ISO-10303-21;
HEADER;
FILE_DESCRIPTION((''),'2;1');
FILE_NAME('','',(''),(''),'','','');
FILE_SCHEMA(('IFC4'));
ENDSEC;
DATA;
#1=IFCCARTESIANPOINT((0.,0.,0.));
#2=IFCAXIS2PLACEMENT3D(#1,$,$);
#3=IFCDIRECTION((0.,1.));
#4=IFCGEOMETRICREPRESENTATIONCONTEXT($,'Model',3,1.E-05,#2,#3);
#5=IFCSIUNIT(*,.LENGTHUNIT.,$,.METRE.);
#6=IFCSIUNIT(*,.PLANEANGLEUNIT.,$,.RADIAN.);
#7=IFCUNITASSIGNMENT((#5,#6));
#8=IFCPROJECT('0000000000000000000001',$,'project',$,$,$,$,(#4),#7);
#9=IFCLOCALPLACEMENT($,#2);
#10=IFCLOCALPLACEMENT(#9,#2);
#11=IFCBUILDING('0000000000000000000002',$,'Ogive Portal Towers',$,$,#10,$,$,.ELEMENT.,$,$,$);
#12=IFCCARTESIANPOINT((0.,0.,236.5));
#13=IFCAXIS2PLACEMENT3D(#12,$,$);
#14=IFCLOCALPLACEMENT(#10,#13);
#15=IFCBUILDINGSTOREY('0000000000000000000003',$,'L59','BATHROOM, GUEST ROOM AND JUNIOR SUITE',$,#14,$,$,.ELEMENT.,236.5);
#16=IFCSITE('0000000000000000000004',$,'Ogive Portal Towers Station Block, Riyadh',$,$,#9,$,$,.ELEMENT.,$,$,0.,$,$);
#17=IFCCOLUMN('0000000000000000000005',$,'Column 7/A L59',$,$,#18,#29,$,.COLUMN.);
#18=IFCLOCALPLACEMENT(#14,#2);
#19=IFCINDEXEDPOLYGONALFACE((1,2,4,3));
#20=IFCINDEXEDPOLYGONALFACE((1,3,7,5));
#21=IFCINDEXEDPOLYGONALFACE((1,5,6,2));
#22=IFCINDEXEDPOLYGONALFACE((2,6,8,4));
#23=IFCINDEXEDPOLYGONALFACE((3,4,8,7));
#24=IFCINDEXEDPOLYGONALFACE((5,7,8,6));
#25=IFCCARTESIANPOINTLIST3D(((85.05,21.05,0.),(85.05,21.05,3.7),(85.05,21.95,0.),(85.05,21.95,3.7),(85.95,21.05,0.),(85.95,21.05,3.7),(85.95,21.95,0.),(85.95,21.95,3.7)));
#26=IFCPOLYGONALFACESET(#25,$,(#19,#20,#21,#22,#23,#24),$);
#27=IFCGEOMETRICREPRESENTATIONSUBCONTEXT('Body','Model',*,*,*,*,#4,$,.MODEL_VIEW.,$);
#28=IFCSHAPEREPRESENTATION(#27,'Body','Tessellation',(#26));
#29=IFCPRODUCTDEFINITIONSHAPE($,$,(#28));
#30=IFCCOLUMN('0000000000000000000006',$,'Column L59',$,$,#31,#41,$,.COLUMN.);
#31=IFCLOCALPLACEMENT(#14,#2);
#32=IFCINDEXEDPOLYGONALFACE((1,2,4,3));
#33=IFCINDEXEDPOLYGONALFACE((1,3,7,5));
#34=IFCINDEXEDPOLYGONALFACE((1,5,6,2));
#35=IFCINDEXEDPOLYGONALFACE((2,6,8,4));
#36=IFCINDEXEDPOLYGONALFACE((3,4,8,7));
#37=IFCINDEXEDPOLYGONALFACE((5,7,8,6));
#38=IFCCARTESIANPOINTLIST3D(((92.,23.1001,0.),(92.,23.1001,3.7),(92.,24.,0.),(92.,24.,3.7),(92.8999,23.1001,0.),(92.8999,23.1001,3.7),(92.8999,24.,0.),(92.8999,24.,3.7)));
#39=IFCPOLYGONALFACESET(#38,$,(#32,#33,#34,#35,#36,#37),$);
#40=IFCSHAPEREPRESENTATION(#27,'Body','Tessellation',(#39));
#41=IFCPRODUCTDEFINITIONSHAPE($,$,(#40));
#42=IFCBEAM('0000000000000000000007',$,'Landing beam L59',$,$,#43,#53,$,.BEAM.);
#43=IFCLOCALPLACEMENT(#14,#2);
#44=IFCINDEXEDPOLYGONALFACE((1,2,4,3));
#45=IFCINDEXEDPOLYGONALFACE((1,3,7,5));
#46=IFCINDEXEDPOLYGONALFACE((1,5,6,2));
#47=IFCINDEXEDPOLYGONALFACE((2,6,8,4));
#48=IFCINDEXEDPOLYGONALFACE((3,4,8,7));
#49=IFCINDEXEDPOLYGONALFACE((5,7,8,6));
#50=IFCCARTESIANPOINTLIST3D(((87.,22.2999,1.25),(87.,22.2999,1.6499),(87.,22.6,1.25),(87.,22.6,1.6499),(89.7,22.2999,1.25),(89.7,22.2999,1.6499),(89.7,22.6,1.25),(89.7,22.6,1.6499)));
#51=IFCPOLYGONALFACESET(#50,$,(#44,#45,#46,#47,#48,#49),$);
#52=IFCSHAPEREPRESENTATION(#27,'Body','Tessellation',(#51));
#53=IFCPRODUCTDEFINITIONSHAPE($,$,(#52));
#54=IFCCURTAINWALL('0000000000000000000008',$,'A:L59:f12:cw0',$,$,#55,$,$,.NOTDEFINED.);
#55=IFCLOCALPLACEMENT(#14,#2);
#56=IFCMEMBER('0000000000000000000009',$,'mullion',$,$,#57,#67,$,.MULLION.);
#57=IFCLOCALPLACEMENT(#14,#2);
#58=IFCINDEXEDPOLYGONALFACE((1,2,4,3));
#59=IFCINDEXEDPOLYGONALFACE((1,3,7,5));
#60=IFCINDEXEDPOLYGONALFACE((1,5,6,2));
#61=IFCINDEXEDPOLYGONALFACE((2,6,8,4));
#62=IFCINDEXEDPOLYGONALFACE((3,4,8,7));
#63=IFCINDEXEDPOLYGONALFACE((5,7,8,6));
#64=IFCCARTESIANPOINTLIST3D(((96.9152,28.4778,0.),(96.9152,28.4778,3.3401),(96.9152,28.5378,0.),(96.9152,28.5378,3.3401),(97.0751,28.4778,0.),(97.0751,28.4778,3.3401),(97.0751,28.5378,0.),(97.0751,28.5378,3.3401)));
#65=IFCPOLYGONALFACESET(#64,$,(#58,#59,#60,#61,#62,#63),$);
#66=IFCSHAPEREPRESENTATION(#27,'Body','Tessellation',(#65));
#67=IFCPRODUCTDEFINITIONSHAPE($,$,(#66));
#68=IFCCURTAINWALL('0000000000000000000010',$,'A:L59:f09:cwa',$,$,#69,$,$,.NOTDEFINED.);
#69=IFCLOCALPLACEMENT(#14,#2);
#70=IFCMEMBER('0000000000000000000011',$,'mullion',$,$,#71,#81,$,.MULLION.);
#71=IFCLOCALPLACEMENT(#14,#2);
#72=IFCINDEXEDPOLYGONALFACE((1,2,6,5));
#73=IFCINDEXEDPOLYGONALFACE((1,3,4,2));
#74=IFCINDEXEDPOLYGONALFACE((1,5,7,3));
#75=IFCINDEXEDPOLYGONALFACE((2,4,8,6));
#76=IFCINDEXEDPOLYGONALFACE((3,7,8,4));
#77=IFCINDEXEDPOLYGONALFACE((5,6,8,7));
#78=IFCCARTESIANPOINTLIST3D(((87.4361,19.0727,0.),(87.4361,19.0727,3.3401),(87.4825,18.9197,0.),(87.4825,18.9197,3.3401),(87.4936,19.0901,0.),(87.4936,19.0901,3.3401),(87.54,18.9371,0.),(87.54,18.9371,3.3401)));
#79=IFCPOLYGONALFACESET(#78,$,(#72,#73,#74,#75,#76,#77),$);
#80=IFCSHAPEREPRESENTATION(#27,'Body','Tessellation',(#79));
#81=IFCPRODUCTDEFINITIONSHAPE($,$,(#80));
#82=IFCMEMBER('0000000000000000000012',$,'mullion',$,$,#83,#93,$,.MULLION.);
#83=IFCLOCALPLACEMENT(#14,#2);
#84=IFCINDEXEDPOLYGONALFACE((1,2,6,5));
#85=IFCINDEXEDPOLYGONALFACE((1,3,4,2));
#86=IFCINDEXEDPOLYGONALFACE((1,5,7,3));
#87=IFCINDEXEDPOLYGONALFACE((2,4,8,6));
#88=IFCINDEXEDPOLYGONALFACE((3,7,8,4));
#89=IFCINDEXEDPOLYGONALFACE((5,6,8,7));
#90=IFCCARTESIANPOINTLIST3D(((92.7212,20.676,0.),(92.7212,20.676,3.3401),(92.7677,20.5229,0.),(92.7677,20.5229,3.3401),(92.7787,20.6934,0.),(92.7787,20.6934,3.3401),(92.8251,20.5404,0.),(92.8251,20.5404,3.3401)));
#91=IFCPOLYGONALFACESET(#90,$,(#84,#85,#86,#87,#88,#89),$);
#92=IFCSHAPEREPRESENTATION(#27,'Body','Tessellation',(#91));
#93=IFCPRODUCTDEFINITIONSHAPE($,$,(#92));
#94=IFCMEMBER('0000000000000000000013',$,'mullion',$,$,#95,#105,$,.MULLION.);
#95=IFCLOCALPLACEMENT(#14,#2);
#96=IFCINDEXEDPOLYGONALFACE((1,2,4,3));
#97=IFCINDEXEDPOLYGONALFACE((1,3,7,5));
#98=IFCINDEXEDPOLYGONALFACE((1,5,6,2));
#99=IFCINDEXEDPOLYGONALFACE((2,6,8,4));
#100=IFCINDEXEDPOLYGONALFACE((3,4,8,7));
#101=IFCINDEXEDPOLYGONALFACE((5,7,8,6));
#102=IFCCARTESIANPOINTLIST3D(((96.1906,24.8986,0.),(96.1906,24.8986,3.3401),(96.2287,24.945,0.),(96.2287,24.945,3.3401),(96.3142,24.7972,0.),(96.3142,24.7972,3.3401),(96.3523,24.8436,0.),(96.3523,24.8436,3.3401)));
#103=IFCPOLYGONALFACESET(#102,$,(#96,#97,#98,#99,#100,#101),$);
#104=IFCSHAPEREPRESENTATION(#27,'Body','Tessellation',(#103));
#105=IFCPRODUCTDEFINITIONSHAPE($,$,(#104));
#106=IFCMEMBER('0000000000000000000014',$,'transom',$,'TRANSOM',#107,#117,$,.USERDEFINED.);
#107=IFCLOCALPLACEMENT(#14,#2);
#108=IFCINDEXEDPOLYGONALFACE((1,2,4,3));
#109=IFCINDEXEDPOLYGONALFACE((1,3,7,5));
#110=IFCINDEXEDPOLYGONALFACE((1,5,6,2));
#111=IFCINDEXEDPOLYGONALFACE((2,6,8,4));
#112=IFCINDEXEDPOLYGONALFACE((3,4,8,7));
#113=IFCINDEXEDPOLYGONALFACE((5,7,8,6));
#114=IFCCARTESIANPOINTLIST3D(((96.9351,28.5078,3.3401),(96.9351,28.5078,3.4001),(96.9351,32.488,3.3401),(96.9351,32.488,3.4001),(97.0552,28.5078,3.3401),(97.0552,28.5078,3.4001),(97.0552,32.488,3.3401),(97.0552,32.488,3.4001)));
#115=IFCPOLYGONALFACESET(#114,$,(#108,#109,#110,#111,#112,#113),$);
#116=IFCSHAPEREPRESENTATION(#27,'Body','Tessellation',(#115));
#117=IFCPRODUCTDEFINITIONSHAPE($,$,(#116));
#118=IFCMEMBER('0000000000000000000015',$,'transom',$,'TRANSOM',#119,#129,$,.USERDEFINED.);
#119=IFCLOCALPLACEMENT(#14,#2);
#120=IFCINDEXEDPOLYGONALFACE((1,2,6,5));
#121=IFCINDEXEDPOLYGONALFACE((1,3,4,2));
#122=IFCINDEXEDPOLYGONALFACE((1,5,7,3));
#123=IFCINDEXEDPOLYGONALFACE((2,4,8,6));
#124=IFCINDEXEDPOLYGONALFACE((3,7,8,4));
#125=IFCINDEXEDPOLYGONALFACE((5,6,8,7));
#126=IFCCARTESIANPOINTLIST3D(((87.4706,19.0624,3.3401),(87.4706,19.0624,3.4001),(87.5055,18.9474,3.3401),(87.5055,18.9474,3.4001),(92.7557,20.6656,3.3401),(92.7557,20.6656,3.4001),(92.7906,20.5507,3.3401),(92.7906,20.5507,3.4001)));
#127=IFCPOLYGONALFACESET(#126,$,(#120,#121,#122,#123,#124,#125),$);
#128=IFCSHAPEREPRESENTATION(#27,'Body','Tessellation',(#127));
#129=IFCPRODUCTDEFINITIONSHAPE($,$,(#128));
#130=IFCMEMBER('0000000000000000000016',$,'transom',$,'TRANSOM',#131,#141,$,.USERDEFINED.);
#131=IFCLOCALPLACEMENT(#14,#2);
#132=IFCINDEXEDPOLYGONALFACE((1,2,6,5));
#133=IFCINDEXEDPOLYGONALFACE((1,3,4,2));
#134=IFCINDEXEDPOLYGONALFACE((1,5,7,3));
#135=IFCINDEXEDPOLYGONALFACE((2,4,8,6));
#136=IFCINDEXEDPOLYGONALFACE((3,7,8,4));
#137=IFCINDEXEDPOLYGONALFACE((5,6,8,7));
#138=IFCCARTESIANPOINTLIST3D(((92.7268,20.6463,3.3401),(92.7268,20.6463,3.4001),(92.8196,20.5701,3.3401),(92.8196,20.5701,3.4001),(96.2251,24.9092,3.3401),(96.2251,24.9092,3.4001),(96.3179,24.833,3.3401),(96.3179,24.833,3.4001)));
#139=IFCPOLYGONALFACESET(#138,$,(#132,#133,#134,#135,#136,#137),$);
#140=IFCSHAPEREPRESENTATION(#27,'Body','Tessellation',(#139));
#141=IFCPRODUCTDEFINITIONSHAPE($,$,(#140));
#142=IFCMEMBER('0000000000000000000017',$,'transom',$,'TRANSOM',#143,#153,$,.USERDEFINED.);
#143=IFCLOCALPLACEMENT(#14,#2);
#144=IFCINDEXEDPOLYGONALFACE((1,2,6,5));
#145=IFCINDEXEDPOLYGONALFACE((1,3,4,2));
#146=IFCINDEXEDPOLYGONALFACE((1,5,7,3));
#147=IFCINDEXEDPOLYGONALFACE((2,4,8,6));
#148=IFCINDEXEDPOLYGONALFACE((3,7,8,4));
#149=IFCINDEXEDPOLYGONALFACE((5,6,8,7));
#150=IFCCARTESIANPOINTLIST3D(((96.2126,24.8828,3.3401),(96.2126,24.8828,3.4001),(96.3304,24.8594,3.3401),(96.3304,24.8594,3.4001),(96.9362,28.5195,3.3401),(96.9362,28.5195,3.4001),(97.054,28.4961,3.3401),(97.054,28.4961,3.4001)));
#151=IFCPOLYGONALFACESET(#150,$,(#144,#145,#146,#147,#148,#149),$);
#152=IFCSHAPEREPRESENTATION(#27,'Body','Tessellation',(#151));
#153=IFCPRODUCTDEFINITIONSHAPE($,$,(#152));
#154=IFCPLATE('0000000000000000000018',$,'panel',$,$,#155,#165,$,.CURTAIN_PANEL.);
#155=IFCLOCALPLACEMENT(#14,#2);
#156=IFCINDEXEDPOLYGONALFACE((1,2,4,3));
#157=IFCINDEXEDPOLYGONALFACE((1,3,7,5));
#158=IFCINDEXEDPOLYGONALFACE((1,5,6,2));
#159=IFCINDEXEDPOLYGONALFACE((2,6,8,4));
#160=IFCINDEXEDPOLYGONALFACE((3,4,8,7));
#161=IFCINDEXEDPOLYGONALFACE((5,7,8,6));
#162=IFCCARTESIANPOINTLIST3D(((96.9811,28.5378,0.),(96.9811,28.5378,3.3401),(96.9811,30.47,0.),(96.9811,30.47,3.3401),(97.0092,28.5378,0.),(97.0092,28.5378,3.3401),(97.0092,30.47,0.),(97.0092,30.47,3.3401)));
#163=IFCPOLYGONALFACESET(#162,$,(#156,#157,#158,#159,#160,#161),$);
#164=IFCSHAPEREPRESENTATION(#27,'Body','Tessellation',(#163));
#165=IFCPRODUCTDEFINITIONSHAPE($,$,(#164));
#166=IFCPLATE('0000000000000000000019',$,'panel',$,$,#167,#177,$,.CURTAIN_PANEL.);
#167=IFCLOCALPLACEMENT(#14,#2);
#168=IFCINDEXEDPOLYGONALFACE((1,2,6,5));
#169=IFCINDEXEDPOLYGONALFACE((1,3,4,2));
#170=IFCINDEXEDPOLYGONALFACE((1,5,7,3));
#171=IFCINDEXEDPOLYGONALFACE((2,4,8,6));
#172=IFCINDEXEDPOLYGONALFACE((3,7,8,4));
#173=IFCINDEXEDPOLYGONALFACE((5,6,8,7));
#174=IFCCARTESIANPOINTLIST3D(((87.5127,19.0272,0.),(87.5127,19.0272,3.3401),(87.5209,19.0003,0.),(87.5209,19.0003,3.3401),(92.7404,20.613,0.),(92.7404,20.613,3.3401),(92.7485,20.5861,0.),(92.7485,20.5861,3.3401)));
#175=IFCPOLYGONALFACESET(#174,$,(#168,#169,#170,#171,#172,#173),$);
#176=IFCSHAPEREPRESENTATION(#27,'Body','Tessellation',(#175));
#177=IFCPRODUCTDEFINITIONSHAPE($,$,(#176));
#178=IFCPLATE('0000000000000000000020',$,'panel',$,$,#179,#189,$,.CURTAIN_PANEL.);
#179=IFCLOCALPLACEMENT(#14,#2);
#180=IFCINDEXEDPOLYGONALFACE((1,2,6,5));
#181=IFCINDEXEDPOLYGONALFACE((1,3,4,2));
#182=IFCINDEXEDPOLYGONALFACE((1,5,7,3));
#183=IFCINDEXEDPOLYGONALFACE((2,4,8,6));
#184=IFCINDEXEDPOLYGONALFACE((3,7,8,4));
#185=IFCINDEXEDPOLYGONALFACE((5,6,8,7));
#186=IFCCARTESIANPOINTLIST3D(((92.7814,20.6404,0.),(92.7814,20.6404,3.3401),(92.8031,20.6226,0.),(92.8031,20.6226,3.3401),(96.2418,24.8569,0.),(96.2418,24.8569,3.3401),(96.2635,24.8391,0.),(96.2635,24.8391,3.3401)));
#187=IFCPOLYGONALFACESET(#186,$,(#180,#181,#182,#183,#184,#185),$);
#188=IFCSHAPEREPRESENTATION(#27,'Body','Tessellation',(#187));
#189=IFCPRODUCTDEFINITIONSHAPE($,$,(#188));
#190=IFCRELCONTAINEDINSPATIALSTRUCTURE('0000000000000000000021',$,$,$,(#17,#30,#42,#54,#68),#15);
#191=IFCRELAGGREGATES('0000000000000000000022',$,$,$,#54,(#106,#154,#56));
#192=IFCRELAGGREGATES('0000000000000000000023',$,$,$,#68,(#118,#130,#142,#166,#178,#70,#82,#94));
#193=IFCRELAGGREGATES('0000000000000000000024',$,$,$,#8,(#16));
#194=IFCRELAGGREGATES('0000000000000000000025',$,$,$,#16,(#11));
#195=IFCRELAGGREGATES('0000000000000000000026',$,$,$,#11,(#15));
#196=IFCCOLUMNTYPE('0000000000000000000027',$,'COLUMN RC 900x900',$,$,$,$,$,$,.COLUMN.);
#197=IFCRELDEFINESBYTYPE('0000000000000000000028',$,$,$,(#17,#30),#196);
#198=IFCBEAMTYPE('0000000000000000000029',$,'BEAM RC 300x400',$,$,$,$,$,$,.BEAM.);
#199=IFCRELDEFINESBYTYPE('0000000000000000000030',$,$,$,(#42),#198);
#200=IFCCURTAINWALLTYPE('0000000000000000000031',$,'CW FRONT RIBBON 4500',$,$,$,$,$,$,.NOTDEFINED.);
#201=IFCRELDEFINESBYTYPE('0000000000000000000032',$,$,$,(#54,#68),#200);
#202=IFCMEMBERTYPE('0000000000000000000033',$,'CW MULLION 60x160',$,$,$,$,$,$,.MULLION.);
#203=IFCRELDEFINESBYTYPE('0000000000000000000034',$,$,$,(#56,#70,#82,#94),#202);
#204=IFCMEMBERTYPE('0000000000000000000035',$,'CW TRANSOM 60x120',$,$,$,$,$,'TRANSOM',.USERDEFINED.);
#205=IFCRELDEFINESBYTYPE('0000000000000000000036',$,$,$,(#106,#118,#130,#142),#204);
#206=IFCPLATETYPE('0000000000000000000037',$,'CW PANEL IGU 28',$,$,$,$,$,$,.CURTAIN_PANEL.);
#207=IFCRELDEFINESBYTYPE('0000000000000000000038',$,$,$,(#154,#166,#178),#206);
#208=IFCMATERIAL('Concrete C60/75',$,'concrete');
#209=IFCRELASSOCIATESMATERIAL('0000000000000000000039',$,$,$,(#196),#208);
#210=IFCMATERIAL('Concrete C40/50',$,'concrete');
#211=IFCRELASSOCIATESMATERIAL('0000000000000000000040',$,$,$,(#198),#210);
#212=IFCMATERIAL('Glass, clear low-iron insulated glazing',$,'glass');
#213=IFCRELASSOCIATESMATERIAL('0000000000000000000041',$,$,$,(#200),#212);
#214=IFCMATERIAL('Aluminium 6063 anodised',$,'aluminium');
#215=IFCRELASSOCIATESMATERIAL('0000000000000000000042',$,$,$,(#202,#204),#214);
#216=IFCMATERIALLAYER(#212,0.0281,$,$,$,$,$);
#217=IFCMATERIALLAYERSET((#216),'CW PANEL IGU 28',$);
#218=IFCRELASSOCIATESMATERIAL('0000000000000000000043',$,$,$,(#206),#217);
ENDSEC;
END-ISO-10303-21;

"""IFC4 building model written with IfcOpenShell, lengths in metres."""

from ifc_helpers import new_model, si_unit, direction, frame, origin, origin_2d, place, context, subcontext, project, spatial, rectangle, extrude, material, layer, layer_set, material_profile, profile_set, type_object, element, aggregate, save


model = new_model("IFC4")

# Units and contexts
model_context = context("Model", 3, precision=1e-05, world=origin(), true_north=direction((0.0, 1.0)))
body_context = subcontext(model_context, "Body", "Model", "MODEL_VIEW")
ifc_project = project(units=[si_unit("LENGTHUNIT", "METRE"), si_unit("PLANEANGLEUNIT", "RADIAN")], contexts=[model_context])

# Site, building, storey
site_placement = place(None, origin())
site = spatial("IfcSite", under=ifc_project, at=site_placement, Name="Ogive Portal Towers Station Block, Riyadh", CompositionType="ELEMENT", RefElevation=0.0)
building_placement = place(site_placement, origin())
building = spatial("IfcBuilding", under=site, at=building_placement, Name="Ogive Portal Towers", CompositionType="ELEMENT")
storey_placement = place(building_placement, frame((0.0, 0.0, 236.5)))
storey = spatial("IfcBuildingStorey", under=building, at=storey_placement, Name="L59", Description="BATHROOM, GUEST ROOM AND JUNIOR SUITE", CompositionType="ELEMENT", Elevation=236.5)

# Columns
ifc_material_1 = material(Name="Concrete C60/75", Category="concrete")
ifc_material_profile_1 = material_profile(ifc_material_1, rectangle(XDim=0.8999, YDim=0.8999, at=origin_2d()), Name="RC 900x900")
ifc_profile_set_1 = profile_set([ifc_material_profile_1], Name="Concrete C60/75")
column_type = type_object("IfcColumnType", Name="COLUMN RC 900x900", PredefinedType="COLUMN", material=ifc_profile_set_1)
for number, where, z_axis, x_axis, name in (
    (1, (85.5, 21.5, 0.0), (0.0, 0.0, 1.0), (1.0, 0.0, 0.0), "Column 7/A L59"),
    (2, (92.45, 23.55, 0.0), (0.0, 0.0, 1.0), (1.0, 0.0, 0.0), "Column L59"),
):
    element("IfcColumn", number, at=place(storey_placement, frame(where, z_axis=z_axis, x_axis=x_axis)), inside=storey, type_object=column_type, Name=name, PredefinedType="COLUMN", context=body_context, shape_type="SweptSolid", body=[
        extrude(rectangle(XDim=0.8999, YDim=0.8999, at=origin_2d()), origin(), (0.0, 0.0, 1.0), 3.7),
    ])

# Beam
ifc_material_2 = material(Name="Concrete C40/50", Category="concrete")
ifc_material_profile_2 = material_profile(ifc_material_2, rectangle(XDim=0.3, YDim=0.3999, at=origin_2d()), Name="RC 300x400")
ifc_profile_set_2 = profile_set([ifc_material_profile_2], Name="Concrete C40/50")
beam_type = type_object("IfcBeamType", Name="BEAM RC 300x400", PredefinedType="BEAM", material=ifc_profile_set_2)
beam_placement = place(storey_placement, frame((87.0, 22.45, 1.45), z_axis=(1.0, 0.0, 0.0), x_axis=(0.0, 1.0, 0.0)))
element("IfcBeam", 3, at=beam_placement, inside=storey, type_object=beam_type, Name="Landing beam L59", PredefinedType="BEAM", context=body_context, shape_type="SweptSolid", body=[
    extrude(rectangle(XDim=0.3, YDim=0.3999, at=origin_2d()), origin(), (0.0, 0.0, 1.0), 2.7),
])

# Curtain wall, member
ifc_material_3 = material(Name="Glass, clear low-iron insulated glazing", Category="glass")
curtain_wall_type = type_object("IfcCurtainWallType", Name="CW FRONT RIBBON 4500", PredefinedType="NOTDEFINED", material=ifc_material_3)
curtain_wall_1_placement = place(storey_placement, origin())
curtain_wall_1 = element("IfcCurtainWall", 4, at=curtain_wall_1_placement, inside=storey, type_object=curtain_wall_type, Name="A:L59:f12:cw0", PredefinedType="NOTDEFINED")
ifc_material_4 = material(Name="Aluminium 6063 anodised", Category="aluminium")
ifc_material_profile_3 = material_profile(ifc_material_4, rectangle(XDim=0.1599, YDim=0.0601, at=origin_2d()), Name="AL 60x160")
ifc_profile_set_3 = profile_set([ifc_material_profile_3], Name="Aluminium 6063 anodised")
member_type_1 = type_object("IfcMemberType", Name="CW MULLION 60x160", PredefinedType="MULLION", material=ifc_profile_set_3)
member_1_placement = place(storey_placement, frame((96.9951, 28.5078, 0.0), z_axis=(0.0, 0.0, 1.0), x_axis=(-1.0, 0.0, 0.0)))
member_1 = element("IfcMember", 5, at=member_1_placement, type_object=member_type_1, Name="mullion", PredefinedType="MULLION", context=body_context, shape_type="SweptSolid", body=[
    extrude(rectangle(XDim=0.1599, YDim=0.0601, at=origin_2d()), origin(), (0.0, 0.0, 1.0), 3.3401),
])

# Curtain wall, members
curtain_wall_2_placement = place(storey_placement, origin())
curtain_wall_2 = element("IfcCurtainWall", 6, at=curtain_wall_2_placement, inside=storey, type_object=curtain_wall_type, Name="A:L59:f09:cwa", PredefinedType="NOTDEFINED")
member_2_placement = place(storey_placement, frame((87.488, 19.0049, 0.0), z_axis=(0.0, 0.0, 1.0), x_axis=(-0.290285, 0.95694, 0.0)))
member_2 = element("IfcMember", 7, at=member_2_placement, type_object=member_type_1, Name="mullion", PredefinedType="MULLION", context=body_context, shape_type="SweptSolid", body=[
    extrude(rectangle(XDim=0.1599, YDim=0.0601, at=origin_2d()), origin(), (0.0, 0.0, 1.0), 3.3401),
])
member_3_placement = place(storey_placement, frame((92.7732, 20.6082, 0.0), z_axis=(0.0, 0.0, 1.0), x_axis=(-0.290285, 0.95694, 0.0)))
member_3 = element("IfcMember", 8, at=member_3_placement, type_object=member_type_1, Name="mullion", PredefinedType="MULLION", context=body_context, shape_type="SweptSolid", body=[
    extrude(rectangle(XDim=0.1599, YDim=0.0601, at=origin_2d()), origin(), (0.0, 0.0, 1.0), 3.3401),
])
member_4_placement = place(storey_placement, frame((96.2715, 24.8711, 0.0), z_axis=(0.0, 0.0, 1.0), x_axis=(-0.77301, 0.634393, 0.0)))
member_4 = element("IfcMember", 9, at=member_4_placement, type_object=member_type_1, Name="mullion", PredefinedType="MULLION", context=body_context, shape_type="SweptSolid", body=[
    extrude(rectangle(XDim=0.1599, YDim=0.0601, at=origin_2d()), origin(), (0.0, 0.0, 1.0), 3.3401),
])

# Members
ifc_material_profile_4 = material_profile(ifc_material_4, rectangle(XDim=0.1201, YDim=0.0601, at=origin_2d()), Name="AL 120x60")
ifc_profile_set_4 = profile_set([ifc_material_profile_4], Name="Aluminium 6063 anodised")
member_type_2 = type_object("IfcMemberType", Name="CW TRANSOM 60x120", ElementType="TRANSOM", PredefinedType="USERDEFINED", material=ifc_profile_set_4)
member_5_placement = place(storey_placement, frame((96.9951, 28.5078, 3.3701), z_axis=(0.0, 1.0, 0.0), x_axis=(-1.0, 0.0, 0.0)))
member_5 = element("IfcMember", 10, at=member_5_placement, type_object=member_type_2, Name="transom", ObjectType="TRANSOM", PredefinedType="USERDEFINED", context=body_context, shape_type="SweptSolid", body=[
    extrude(rectangle(XDim=0.1201, YDim=0.0601, at=origin_2d()), origin(), (0.0, 0.0, 1.0), 3.9802),
])
member_6_placement = place(storey_placement, frame((87.488, 19.0049, 3.3701), z_axis=(0.956938, 0.290291, 0.0), x_axis=(-0.290291, 0.956938, 0.0)))
member_6 = element("IfcMember", 11, at=member_6_placement, type_object=member_type_2, Name="transom", ObjectType="TRANSOM", PredefinedType="USERDEFINED", context=body_context, shape_type="SweptSolid", body=[
    extrude(rectangle(XDim=0.1201, YDim=0.0601, at=origin_2d()), origin(), (0.0, 0.0, 1.0), 5.5229),
])
member_7_placement = place(storey_placement, frame((92.7732, 20.6082, 3.3701), z_axis=(0.63437, 0.773029, 0.0), x_axis=(-0.773029, 0.63437, 0.0)))
member_7 = element("IfcMember", 12, at=member_7_placement, type_object=member_type_2, Name="transom", ObjectType="TRANSOM", PredefinedType="USERDEFINED", context=body_context, shape_type="SweptSolid", body=[
    extrude(rectangle(XDim=0.1201, YDim=0.0601, at=origin_2d()), origin(), (0.0, 0.0, 1.0), 5.5146),
])
member_8_placement = place(storey_placement, frame((96.2715, 24.8711, 3.3701), z_axis=(0.195154, 0.980773, 0.0), x_axis=(-0.980773, 0.195154, 0.0)))
member_8 = element("IfcMember", 13, at=member_8_placement, type_object=member_type_2, Name="transom", ObjectType="TRANSOM", PredefinedType="USERDEFINED", context=body_context, shape_type="SweptSolid", body=[
    extrude(rectangle(XDim=0.1201, YDim=0.0601, at=origin_2d()), origin(), (0.0, 0.0, 1.0), 3.708),
])

# Plates
ifc_layer_1 = layer(ifc_material_3, 0.0281)
ifc_layer_set_1 = layer_set([ifc_layer_1], Name="CW PANEL IGU 28")
plate_type = type_object("IfcPlateType", Name="CW PANEL IGU 28", PredefinedType="CURTAIN_PANEL", material=ifc_layer_set_1)
plate_1_placement = place(storey_placement, frame((96.9951, 29.5039, 0.0), z_axis=(0.0, 0.0, 1.0), x_axis=(0.0, 1.0, 0.0)))
plate_1 = element("IfcPlate", 14, at=plate_1_placement, type_object=plate_type, Name="panel", PredefinedType="CURTAIN_PANEL", context=body_context, shape_type="SweptSolid", body=[
    extrude(rectangle(XDim=1.9321, YDim=0.0281, at=origin_2d()), origin(), (0.0, 0.0, 1.0), 3.3401),
])
aggregate(curtain_wall_1, [member_5, plate_1, member_1])
plate_2_placement = place(storey_placement, frame((90.1306, 19.8066, 0.0), z_axis=(0.0, 0.0, 1.0), x_axis=(0.95694, 0.290285, 0.0)))
plate_2 = element("IfcPlate", 15, at=plate_2_placement, type_object=plate_type, Name="panel", PredefinedType="CURTAIN_PANEL", context=body_context, shape_type="SweptSolid", body=[
    extrude(rectangle(XDim=5.4629, YDim=0.0281, at=origin_2d()), origin(), (0.0, 0.0, 1.0), 3.3401),
])
plate_3_placement = place(storey_placement, frame((94.5225, 22.7397, 0.0), z_axis=(0.0, 0.0, 1.0), x_axis=(0.634393, 0.77301, 0.0)))
plate_3 = element("IfcPlate", 16, at=plate_3_placement, type_object=plate_type, Name="panel", PredefinedType="CURTAIN_PANEL", context=body_context, shape_type="SweptSolid", body=[
    extrude(rectangle(XDim=5.4546, YDim=0.0281, at=origin_2d()), origin(), (0.0, 0.0, 1.0), 3.3401),
])
aggregate(curtain_wall_2, [member_6, member_7, member_8, plate_2, plate_3, member_2, member_3, member_4])

save(model, "model.ifc")
